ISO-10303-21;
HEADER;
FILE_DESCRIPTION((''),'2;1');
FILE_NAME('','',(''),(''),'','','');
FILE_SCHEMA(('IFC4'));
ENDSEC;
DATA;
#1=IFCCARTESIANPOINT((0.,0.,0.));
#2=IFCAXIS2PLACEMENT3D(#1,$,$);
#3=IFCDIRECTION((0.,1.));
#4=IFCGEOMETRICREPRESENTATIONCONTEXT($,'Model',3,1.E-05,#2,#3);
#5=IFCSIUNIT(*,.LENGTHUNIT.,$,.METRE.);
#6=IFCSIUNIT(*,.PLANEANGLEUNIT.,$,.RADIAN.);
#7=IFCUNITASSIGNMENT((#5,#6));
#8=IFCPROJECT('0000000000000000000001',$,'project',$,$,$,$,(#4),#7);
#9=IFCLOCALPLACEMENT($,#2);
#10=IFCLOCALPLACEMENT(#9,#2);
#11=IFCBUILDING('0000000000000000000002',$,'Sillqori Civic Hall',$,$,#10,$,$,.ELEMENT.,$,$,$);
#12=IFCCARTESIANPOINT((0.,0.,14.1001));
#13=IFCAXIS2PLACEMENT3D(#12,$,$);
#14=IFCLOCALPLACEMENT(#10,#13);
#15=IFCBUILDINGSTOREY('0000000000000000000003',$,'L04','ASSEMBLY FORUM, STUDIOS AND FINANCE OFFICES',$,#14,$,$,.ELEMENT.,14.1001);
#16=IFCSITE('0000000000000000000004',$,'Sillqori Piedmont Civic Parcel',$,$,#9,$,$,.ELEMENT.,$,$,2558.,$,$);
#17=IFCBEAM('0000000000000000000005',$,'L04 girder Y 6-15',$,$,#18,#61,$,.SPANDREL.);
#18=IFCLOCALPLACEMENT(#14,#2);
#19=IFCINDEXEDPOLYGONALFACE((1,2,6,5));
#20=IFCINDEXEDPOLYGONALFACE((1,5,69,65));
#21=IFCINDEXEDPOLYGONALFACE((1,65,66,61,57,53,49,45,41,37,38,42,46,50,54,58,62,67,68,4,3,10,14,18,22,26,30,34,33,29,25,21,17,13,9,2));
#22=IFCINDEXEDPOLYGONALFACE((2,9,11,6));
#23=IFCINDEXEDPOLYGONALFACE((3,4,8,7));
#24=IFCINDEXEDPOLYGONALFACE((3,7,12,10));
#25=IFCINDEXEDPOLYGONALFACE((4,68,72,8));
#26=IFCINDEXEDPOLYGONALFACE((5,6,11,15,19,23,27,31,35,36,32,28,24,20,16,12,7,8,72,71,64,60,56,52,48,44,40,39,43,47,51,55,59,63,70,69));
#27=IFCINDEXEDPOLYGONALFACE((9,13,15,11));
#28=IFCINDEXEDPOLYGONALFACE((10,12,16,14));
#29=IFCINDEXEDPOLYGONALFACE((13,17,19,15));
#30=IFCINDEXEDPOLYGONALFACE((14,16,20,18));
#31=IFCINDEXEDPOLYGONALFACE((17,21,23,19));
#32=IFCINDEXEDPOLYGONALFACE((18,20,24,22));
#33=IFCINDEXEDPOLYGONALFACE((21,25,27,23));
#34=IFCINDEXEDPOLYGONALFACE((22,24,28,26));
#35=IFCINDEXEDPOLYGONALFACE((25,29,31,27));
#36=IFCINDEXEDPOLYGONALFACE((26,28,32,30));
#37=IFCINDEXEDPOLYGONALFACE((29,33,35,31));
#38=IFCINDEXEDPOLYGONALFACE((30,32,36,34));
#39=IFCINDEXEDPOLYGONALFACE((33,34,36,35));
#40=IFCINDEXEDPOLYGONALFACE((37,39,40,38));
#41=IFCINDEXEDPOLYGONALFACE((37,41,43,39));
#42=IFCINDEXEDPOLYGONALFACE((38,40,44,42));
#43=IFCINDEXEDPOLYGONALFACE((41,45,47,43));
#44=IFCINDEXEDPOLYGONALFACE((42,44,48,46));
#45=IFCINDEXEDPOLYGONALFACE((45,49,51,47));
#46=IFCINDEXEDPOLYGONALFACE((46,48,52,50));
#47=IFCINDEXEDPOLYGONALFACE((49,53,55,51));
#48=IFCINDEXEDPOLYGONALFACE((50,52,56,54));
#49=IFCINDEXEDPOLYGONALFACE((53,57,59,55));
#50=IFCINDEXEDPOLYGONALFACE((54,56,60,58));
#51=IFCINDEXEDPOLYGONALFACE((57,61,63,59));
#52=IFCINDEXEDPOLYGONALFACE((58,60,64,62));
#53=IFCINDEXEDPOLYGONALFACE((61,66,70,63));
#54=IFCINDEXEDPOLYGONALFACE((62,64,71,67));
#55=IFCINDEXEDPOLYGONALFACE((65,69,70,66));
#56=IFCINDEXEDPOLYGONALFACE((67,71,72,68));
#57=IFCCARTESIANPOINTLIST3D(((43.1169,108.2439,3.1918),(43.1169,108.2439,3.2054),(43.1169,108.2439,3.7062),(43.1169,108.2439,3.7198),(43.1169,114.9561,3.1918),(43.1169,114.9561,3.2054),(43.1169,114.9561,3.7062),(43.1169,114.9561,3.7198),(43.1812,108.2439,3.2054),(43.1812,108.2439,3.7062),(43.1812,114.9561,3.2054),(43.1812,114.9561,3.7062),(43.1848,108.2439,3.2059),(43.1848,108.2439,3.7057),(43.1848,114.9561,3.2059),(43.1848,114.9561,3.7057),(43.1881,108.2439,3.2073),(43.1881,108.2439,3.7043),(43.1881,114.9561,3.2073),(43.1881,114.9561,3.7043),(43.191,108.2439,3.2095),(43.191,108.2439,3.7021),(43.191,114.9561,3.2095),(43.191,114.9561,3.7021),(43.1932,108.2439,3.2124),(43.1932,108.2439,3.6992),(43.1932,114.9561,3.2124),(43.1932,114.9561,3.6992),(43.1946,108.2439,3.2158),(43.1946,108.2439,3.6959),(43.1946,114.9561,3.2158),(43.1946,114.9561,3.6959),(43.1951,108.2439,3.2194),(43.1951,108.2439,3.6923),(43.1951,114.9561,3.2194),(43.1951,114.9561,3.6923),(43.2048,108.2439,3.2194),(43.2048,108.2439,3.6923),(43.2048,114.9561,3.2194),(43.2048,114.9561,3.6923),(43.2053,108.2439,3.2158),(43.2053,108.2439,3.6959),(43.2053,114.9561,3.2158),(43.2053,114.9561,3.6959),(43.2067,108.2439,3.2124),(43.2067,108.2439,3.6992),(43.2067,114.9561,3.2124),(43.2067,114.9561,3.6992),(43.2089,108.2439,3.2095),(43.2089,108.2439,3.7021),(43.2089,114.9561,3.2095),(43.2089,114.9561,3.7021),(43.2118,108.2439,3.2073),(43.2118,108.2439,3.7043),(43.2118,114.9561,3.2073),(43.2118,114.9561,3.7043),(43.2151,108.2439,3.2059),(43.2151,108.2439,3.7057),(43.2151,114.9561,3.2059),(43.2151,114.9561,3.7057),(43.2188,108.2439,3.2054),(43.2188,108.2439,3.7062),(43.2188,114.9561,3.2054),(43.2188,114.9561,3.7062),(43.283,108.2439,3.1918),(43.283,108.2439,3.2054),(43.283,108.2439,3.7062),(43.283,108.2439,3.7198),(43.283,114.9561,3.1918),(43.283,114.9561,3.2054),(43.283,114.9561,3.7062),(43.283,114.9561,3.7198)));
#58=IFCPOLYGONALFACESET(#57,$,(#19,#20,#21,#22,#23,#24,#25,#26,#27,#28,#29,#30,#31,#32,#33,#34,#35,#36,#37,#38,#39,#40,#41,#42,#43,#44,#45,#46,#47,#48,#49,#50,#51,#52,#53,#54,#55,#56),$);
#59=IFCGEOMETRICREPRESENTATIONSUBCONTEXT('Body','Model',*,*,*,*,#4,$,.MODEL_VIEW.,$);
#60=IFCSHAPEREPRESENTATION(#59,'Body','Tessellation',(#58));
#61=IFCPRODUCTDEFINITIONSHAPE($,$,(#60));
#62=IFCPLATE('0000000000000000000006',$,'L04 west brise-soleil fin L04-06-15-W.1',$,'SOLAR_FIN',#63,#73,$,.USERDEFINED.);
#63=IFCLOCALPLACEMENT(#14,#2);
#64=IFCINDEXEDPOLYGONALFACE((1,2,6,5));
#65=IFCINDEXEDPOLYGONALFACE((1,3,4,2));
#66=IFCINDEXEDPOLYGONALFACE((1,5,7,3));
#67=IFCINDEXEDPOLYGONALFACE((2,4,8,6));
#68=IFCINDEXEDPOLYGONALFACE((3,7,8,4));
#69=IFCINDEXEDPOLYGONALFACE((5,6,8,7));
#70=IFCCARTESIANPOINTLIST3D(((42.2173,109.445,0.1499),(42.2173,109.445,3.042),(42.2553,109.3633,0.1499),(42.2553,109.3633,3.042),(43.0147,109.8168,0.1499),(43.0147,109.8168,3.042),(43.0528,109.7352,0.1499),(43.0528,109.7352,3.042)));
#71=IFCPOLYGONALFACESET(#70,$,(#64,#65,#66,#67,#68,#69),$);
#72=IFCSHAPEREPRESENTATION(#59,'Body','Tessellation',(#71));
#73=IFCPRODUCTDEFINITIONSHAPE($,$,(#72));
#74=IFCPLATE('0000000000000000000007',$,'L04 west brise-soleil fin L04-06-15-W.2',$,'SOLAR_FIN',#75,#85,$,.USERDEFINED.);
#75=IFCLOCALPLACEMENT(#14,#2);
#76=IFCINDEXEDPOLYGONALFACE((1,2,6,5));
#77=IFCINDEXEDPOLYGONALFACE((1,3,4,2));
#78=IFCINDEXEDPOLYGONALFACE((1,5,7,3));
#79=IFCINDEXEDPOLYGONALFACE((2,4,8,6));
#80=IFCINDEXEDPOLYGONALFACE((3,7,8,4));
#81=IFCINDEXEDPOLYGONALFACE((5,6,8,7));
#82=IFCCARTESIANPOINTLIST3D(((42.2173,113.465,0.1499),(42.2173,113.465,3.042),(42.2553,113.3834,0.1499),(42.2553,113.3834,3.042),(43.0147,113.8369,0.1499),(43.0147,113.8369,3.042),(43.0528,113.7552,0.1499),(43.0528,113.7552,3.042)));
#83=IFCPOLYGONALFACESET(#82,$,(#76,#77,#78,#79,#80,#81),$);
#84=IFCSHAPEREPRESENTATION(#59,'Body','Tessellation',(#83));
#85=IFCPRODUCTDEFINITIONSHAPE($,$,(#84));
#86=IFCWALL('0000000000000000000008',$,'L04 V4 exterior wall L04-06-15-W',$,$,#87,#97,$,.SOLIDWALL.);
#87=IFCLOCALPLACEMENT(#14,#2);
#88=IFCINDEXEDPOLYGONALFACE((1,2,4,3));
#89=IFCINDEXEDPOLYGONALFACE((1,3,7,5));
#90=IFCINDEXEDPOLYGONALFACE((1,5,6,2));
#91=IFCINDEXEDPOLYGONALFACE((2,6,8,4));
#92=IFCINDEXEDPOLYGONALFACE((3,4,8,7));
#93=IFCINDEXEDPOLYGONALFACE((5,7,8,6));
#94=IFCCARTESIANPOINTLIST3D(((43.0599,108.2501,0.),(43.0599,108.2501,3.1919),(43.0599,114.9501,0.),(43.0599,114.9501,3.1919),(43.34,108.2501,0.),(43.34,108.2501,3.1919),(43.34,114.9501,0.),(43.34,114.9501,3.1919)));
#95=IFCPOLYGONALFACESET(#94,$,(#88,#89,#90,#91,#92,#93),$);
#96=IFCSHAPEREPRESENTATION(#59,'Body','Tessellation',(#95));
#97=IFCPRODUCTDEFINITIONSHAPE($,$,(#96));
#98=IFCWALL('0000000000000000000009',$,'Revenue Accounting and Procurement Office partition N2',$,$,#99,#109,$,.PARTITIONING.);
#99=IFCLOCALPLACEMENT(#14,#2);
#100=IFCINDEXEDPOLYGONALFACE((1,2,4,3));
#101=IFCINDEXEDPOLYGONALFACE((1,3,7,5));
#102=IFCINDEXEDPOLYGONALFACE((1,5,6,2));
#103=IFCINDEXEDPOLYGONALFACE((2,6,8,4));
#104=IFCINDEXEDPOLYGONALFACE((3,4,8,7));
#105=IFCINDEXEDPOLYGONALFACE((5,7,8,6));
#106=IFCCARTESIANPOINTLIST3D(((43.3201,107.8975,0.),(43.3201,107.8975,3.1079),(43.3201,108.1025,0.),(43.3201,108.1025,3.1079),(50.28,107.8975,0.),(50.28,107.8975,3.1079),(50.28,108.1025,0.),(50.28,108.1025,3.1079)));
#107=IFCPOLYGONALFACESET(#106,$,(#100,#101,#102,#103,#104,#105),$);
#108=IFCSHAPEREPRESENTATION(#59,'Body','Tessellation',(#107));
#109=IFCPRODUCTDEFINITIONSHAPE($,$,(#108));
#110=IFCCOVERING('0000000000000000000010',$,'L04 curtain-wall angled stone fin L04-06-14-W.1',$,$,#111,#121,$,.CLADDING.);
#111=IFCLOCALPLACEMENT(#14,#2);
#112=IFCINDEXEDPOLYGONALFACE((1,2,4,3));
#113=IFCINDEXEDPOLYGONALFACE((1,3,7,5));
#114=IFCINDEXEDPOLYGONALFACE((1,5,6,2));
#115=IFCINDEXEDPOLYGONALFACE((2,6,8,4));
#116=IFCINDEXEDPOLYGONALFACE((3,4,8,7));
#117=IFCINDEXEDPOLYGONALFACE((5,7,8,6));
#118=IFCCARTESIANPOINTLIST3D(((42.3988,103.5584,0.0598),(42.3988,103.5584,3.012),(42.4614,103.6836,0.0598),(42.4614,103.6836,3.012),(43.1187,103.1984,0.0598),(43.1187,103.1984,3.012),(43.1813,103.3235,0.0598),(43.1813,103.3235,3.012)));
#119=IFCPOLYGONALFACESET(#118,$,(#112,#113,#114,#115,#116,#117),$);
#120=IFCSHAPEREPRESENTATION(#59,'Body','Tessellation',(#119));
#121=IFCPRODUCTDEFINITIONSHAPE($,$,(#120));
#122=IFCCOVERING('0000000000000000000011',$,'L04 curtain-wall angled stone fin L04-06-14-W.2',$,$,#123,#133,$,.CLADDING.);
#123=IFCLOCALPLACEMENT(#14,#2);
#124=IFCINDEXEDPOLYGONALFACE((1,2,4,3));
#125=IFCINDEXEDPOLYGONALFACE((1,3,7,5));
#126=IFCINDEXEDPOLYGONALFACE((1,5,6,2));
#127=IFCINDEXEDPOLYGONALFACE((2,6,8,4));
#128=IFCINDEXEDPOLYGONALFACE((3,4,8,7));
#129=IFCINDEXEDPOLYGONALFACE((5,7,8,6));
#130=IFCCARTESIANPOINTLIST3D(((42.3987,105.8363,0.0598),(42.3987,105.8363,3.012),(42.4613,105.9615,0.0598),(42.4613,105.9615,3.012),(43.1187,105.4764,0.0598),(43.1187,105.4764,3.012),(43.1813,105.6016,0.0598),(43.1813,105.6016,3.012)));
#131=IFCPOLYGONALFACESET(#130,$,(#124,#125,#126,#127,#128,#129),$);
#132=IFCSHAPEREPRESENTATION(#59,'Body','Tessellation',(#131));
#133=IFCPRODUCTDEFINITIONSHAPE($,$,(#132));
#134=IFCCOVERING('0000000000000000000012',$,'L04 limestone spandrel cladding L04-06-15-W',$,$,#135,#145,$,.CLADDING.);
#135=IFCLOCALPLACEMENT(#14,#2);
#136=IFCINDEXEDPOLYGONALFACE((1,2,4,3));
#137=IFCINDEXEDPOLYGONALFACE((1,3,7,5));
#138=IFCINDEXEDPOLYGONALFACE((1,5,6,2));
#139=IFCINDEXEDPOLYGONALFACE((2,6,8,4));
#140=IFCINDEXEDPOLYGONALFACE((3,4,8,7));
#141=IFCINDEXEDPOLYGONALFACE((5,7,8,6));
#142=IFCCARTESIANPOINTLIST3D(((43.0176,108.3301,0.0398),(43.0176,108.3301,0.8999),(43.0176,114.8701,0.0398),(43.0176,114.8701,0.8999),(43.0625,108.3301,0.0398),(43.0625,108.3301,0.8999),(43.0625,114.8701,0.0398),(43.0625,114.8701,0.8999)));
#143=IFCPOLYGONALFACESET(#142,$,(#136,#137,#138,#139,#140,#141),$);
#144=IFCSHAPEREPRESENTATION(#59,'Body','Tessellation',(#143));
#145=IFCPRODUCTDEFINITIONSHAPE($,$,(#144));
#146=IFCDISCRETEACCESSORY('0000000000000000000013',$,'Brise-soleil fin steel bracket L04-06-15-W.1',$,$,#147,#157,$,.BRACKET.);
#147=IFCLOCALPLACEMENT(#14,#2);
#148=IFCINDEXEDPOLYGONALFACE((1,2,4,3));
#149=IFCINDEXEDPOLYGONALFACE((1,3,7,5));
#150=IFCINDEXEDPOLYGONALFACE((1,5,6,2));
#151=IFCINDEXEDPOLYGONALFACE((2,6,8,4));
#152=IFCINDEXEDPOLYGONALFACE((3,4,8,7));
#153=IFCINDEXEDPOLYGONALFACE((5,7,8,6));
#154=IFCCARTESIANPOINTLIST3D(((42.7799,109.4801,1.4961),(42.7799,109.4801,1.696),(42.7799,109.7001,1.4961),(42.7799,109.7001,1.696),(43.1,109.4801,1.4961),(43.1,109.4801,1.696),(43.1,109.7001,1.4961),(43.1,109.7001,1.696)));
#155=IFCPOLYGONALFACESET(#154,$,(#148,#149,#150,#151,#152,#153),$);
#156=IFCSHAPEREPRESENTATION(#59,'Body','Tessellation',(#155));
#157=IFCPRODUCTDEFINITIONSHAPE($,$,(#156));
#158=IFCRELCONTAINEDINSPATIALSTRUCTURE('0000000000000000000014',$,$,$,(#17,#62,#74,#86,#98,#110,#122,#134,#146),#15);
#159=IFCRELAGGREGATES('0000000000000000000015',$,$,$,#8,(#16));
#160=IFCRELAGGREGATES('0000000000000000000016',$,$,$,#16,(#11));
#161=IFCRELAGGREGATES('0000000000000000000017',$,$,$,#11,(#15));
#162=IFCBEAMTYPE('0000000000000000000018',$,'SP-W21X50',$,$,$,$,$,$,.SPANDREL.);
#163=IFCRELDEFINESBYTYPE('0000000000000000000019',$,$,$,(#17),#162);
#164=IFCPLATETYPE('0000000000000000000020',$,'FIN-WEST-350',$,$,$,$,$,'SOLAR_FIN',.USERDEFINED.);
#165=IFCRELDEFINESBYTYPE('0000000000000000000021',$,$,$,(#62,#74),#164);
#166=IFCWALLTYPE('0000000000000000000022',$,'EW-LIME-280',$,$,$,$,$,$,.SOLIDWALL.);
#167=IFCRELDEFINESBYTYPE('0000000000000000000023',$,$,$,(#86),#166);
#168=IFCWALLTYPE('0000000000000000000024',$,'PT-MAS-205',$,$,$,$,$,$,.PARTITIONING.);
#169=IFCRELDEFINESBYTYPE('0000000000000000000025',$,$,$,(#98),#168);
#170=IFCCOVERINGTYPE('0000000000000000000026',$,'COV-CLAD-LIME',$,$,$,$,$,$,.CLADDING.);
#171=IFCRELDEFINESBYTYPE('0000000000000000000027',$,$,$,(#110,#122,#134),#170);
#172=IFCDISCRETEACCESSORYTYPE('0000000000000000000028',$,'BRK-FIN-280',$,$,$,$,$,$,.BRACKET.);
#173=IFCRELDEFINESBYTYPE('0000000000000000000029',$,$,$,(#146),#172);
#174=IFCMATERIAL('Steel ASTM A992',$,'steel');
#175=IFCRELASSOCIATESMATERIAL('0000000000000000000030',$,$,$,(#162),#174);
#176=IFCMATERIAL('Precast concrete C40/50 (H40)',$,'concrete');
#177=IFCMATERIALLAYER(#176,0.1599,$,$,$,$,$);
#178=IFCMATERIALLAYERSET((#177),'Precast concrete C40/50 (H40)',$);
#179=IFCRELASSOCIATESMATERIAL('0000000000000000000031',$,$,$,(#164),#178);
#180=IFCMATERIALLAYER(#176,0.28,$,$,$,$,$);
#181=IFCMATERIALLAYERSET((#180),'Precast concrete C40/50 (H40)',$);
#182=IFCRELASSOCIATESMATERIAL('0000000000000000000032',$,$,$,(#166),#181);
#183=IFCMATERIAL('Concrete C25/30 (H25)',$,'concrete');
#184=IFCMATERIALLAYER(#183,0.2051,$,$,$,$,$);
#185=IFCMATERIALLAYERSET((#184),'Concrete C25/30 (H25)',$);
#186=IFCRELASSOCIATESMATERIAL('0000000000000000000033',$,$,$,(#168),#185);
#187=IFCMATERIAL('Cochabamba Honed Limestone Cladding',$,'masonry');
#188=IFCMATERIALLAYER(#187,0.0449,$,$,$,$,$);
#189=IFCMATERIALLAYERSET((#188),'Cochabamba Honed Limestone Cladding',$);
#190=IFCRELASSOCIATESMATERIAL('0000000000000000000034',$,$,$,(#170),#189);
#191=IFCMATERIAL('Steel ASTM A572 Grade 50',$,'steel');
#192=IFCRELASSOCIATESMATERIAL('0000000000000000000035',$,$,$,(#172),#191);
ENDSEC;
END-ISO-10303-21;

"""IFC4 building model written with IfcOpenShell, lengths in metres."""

from ifc_helpers import new_model, si_unit, direction, frame, frame_2d, origin, origin_2d, place, context, subcontext, project, spatial, rectangle, i_section, extrude, material, layer, layer_set, material_profile, profile_set, type_object, element, save


model = new_model("IFC4")

# Units and contexts
model_context = context("Model", 3, precision=1e-05, world=origin(), true_north=direction((0.0, 1.0)))
body_context = subcontext(model_context, "Body", "Model", "MODEL_VIEW")
ifc_project = project(units=[si_unit("LENGTHUNIT", "METRE"), si_unit("PLANEANGLEUNIT", "RADIAN")], contexts=[model_context])

# Site, building, storey
site_placement = place(None, origin())
site = spatial("IfcSite", under=ifc_project, at=site_placement, Name="Sillqori Piedmont Civic Parcel", CompositionType="ELEMENT", RefElevation=2558.0)
building_placement = place(site_placement, origin())
building = spatial("IfcBuilding", under=site, at=building_placement, Name="Sillqori Civic Hall", CompositionType="ELEMENT")
storey_placement = place(building_placement, frame((0.0, 0.0, 14.1001)))
storey = spatial("IfcBuildingStorey", under=building, at=storey_placement, Name="L04", Description="ASSEMBLY FORUM, STUDIOS AND FINANCE OFFICES", CompositionType="ELEMENT", Elevation=14.1001)

# Shared definitions
ifc_material_1 = material(Name="Steel ASTM A992", Category="steel")

# Beam
ifc_material_profile_1 = material_profile(ifc_material_1, i_section(OverallWidth=0.166, OverallDepth=0.5281, WebThickness=0.0098, FlangeThickness=0.0137, FilletRadius=0.0139, at=origin_2d()), Name="W21X50")
ifc_profile_set_1 = profile_set([ifc_material_profile_1], Name="Steel ASTM A992")
beam_type_1 = type_object("IfcBeamType", Name="SP-W21X50", PredefinedType="SPANDREL", material=ifc_profile_set_1)
beam_1_placement = place(storey_placement, frame((43.2, 108.2439, 3.4558), z_axis=(0.0, 1.0, 0.0), x_axis=(-1.0, 0.0, 0.0)))
element("IfcBeam", 1, at=beam_1_placement, inside=storey, type_object=beam_type_1, Name="L04 girder Y 6-15", PredefinedType="SPANDREL", context=body_context, shape_type="SweptSolid", body=[
    extrude(i_section(OverallWidth=0.166, OverallDepth=0.5281, WebThickness=0.0098, FlangeThickness=0.0137, FilletRadius=0.0139, at=origin_2d()), origin(), (0.0, 0.0, 1.0), 6.7122),
])

# Plates
ifc_material_2 = material(Name="Precast concrete C40/50 (H40)", Category="concrete")
ifc_layer_1 = layer(ifc_material_2, 0.1599)
ifc_layer_set_1 = layer_set([ifc_layer_1], Name="Precast concrete C40/50 (H40)")
plate_type_1 = type_object("IfcPlateType", Name="FIN-WEST-350", ElementType="SOLAR_FIN", PredefinedType="USERDEFINED", material=ifc_layer_set_1)
for number, where, z_axis, x_axis, name in (
    (2, (42.635, 109.5901, 0.1499), (0.0, 0.0, 1.0), (-0.422618, 0.906308, 0.0), "L04 west brise-soleil fin L04-06-15-W.1"),
    (3, (42.635, 113.6101, 0.1499), (0.0, 0.0, 1.0), (-0.422618, 0.906308, 0.0), "L04 west brise-soleil fin L04-06-15-W.2"),
):
    element("IfcPlate", number, at=place(storey_placement, frame(where, z_axis=z_axis, x_axis=x_axis)), inside=storey, type_object=plate_type_1, Name=name, ObjectType="SOLAR_FIN", PredefinedType="USERDEFINED", context=body_context, shape_type="SweptSolid", body=[
        extrude(rectangle(XDim=0.0901, YDim=0.8799, at=origin_2d()), origin(), (0.0, 0.0, 1.0), 2.8921),
    ])

# Walls
ifc_layer_2 = layer(ifc_material_2, 0.28)
ifc_layer_set_2 = layer_set([ifc_layer_2], Name="Precast concrete C40/50 (H40)")
wall_type_1 = type_object("IfcWallType", Name="EW-LIME-280", PredefinedType="SOLIDWALL", material=ifc_layer_set_2)
wall_1_placement = place(storey_placement, frame((43.2, 108.25, 0.0), z_axis=(0.0, 0.0, 1.0), x_axis=(0.0, 1.0, 0.0)))
element("IfcWall", 4, at=wall_1_placement, inside=storey, type_object=wall_type_1, Name="L04 V4 exterior wall L04-06-15-W", PredefinedType="SOLIDWALL", context=body_context, shape_type="SweptSolid", body=[
    extrude(rectangle(XDim=6.7, YDim=0.28, at=frame_2d((3.3501, 0.0))), origin(), (0.0, 0.0, 1.0), 3.1919),
])
ifc_material_3 = material(Name="Concrete C25/30 (H25)", Category="concrete")
ifc_layer_3 = layer(ifc_material_3, 0.2051)
ifc_layer_set_3 = layer_set([ifc_layer_3], Name="Concrete C25/30 (H25)")
wall_type_2 = type_object("IfcWallType", Name="PT-MAS-205", PredefinedType="PARTITIONING", material=ifc_layer_set_3)
wall_2_placement = place(storey_placement, frame((43.3201, 108.0, 0.0), z_axis=(0.0, 0.0, 1.0), x_axis=(1.0, 0.0, 0.0)))
element("IfcWall", 5, at=wall_2_placement, inside=storey, type_object=wall_type_2, Name="Revenue Accounting and Procurement Office partition N2", PredefinedType="PARTITIONING", context=body_context, shape_type="SweptSolid", body=[
    extrude(rectangle(XDim=6.96, YDim=0.2051, at=frame_2d((3.48, 0.0))), origin(), (0.0, 0.0, 1.0), 3.1079),
])

# Coverings
ifc_material_4 = material(Name="Cochabamba Honed Limestone Cladding", Category="masonry")
ifc_layer_4 = layer(ifc_material_4, 0.0449)
ifc_layer_set_4 = layer_set([ifc_layer_4], Name="Cochabamba Honed Limestone Cladding")
covering_type = type_object("IfcCoveringType", Name="COV-CLAD-LIME", PredefinedType="CLADDING", material=ifc_layer_set_4)
for number, where, z_axis, x_axis, name in (
    (6, (43.1499, 103.261, 0.0598), (0.0, 0.0, 1.0), (-0.894367, 0.447335, 0.0), "L04 curtain-wall angled stone fin L04-06-14-W.1"),
    (7, (43.1499, 105.5391, 0.0598), (0.0, 0.0, 1.0), (-0.894488, 0.447092, 0.0), "L04 curtain-wall angled stone fin L04-06-14-W.2"),
):
    element("IfcCovering", number, at=place(storey_placement, frame(where, z_axis=z_axis, x_axis=x_axis)), inside=storey, type_object=covering_type, Name=name, PredefinedType="CLADDING", context=body_context, shape_type="SweptSolid", body=[
        extrude(rectangle(XDim=0.8049, YDim=0.1399, at=frame_2d((0.4023, 0.0))), origin(), (0.0, 0.0, 1.0), 2.9521),
    ])
covering_placement = place(storey_placement, frame((43.04, 108.3301, 0.0398), z_axis=(0.0, 0.0, 1.0), x_axis=(0.0, 1.0, 0.0)))
element("IfcCovering", 8, at=covering_placement, inside=storey, type_object=covering_type, Name="L04 limestone spandrel cladding L04-06-15-W", PredefinedType="CLADDING", context=body_context, shape_type="SweptSolid", body=[
    extrude(rectangle(XDim=6.54, YDim=0.0449, at=frame_2d((3.27, 0.0))), origin(), (0.0, 0.0, 1.0), 0.8601),
])

# Discrete accessory
ifc_material_5 = material(Name="Steel ASTM A572 Grade 50", Category="steel")
discrete_accessory_type = type_object("IfcDiscreteAccessoryType", Name="BRK-FIN-280", PredefinedType="BRACKET", material=ifc_material_5)
discrete_accessory_placement = place(storey_placement, frame((42.9399, 109.5901, 1.4961), z_axis=(0.0, 0.0, 1.0), x_axis=(0.0, 1.0, 0.0)))
element("IfcDiscreteAccessory", 9, at=discrete_accessory_placement, inside=storey, type_object=discrete_accessory_type, Name="Brise-soleil fin steel bracket L04-06-15-W.1", PredefinedType="BRACKET", context=body_context, shape_type="SweptSolid", body=[
    extrude(rectangle(XDim=0.22, YDim=0.3201, at=origin_2d()), origin(), (0.0, 0.0, 1.0), 0.2),
])

save(model, "model.ifc")
